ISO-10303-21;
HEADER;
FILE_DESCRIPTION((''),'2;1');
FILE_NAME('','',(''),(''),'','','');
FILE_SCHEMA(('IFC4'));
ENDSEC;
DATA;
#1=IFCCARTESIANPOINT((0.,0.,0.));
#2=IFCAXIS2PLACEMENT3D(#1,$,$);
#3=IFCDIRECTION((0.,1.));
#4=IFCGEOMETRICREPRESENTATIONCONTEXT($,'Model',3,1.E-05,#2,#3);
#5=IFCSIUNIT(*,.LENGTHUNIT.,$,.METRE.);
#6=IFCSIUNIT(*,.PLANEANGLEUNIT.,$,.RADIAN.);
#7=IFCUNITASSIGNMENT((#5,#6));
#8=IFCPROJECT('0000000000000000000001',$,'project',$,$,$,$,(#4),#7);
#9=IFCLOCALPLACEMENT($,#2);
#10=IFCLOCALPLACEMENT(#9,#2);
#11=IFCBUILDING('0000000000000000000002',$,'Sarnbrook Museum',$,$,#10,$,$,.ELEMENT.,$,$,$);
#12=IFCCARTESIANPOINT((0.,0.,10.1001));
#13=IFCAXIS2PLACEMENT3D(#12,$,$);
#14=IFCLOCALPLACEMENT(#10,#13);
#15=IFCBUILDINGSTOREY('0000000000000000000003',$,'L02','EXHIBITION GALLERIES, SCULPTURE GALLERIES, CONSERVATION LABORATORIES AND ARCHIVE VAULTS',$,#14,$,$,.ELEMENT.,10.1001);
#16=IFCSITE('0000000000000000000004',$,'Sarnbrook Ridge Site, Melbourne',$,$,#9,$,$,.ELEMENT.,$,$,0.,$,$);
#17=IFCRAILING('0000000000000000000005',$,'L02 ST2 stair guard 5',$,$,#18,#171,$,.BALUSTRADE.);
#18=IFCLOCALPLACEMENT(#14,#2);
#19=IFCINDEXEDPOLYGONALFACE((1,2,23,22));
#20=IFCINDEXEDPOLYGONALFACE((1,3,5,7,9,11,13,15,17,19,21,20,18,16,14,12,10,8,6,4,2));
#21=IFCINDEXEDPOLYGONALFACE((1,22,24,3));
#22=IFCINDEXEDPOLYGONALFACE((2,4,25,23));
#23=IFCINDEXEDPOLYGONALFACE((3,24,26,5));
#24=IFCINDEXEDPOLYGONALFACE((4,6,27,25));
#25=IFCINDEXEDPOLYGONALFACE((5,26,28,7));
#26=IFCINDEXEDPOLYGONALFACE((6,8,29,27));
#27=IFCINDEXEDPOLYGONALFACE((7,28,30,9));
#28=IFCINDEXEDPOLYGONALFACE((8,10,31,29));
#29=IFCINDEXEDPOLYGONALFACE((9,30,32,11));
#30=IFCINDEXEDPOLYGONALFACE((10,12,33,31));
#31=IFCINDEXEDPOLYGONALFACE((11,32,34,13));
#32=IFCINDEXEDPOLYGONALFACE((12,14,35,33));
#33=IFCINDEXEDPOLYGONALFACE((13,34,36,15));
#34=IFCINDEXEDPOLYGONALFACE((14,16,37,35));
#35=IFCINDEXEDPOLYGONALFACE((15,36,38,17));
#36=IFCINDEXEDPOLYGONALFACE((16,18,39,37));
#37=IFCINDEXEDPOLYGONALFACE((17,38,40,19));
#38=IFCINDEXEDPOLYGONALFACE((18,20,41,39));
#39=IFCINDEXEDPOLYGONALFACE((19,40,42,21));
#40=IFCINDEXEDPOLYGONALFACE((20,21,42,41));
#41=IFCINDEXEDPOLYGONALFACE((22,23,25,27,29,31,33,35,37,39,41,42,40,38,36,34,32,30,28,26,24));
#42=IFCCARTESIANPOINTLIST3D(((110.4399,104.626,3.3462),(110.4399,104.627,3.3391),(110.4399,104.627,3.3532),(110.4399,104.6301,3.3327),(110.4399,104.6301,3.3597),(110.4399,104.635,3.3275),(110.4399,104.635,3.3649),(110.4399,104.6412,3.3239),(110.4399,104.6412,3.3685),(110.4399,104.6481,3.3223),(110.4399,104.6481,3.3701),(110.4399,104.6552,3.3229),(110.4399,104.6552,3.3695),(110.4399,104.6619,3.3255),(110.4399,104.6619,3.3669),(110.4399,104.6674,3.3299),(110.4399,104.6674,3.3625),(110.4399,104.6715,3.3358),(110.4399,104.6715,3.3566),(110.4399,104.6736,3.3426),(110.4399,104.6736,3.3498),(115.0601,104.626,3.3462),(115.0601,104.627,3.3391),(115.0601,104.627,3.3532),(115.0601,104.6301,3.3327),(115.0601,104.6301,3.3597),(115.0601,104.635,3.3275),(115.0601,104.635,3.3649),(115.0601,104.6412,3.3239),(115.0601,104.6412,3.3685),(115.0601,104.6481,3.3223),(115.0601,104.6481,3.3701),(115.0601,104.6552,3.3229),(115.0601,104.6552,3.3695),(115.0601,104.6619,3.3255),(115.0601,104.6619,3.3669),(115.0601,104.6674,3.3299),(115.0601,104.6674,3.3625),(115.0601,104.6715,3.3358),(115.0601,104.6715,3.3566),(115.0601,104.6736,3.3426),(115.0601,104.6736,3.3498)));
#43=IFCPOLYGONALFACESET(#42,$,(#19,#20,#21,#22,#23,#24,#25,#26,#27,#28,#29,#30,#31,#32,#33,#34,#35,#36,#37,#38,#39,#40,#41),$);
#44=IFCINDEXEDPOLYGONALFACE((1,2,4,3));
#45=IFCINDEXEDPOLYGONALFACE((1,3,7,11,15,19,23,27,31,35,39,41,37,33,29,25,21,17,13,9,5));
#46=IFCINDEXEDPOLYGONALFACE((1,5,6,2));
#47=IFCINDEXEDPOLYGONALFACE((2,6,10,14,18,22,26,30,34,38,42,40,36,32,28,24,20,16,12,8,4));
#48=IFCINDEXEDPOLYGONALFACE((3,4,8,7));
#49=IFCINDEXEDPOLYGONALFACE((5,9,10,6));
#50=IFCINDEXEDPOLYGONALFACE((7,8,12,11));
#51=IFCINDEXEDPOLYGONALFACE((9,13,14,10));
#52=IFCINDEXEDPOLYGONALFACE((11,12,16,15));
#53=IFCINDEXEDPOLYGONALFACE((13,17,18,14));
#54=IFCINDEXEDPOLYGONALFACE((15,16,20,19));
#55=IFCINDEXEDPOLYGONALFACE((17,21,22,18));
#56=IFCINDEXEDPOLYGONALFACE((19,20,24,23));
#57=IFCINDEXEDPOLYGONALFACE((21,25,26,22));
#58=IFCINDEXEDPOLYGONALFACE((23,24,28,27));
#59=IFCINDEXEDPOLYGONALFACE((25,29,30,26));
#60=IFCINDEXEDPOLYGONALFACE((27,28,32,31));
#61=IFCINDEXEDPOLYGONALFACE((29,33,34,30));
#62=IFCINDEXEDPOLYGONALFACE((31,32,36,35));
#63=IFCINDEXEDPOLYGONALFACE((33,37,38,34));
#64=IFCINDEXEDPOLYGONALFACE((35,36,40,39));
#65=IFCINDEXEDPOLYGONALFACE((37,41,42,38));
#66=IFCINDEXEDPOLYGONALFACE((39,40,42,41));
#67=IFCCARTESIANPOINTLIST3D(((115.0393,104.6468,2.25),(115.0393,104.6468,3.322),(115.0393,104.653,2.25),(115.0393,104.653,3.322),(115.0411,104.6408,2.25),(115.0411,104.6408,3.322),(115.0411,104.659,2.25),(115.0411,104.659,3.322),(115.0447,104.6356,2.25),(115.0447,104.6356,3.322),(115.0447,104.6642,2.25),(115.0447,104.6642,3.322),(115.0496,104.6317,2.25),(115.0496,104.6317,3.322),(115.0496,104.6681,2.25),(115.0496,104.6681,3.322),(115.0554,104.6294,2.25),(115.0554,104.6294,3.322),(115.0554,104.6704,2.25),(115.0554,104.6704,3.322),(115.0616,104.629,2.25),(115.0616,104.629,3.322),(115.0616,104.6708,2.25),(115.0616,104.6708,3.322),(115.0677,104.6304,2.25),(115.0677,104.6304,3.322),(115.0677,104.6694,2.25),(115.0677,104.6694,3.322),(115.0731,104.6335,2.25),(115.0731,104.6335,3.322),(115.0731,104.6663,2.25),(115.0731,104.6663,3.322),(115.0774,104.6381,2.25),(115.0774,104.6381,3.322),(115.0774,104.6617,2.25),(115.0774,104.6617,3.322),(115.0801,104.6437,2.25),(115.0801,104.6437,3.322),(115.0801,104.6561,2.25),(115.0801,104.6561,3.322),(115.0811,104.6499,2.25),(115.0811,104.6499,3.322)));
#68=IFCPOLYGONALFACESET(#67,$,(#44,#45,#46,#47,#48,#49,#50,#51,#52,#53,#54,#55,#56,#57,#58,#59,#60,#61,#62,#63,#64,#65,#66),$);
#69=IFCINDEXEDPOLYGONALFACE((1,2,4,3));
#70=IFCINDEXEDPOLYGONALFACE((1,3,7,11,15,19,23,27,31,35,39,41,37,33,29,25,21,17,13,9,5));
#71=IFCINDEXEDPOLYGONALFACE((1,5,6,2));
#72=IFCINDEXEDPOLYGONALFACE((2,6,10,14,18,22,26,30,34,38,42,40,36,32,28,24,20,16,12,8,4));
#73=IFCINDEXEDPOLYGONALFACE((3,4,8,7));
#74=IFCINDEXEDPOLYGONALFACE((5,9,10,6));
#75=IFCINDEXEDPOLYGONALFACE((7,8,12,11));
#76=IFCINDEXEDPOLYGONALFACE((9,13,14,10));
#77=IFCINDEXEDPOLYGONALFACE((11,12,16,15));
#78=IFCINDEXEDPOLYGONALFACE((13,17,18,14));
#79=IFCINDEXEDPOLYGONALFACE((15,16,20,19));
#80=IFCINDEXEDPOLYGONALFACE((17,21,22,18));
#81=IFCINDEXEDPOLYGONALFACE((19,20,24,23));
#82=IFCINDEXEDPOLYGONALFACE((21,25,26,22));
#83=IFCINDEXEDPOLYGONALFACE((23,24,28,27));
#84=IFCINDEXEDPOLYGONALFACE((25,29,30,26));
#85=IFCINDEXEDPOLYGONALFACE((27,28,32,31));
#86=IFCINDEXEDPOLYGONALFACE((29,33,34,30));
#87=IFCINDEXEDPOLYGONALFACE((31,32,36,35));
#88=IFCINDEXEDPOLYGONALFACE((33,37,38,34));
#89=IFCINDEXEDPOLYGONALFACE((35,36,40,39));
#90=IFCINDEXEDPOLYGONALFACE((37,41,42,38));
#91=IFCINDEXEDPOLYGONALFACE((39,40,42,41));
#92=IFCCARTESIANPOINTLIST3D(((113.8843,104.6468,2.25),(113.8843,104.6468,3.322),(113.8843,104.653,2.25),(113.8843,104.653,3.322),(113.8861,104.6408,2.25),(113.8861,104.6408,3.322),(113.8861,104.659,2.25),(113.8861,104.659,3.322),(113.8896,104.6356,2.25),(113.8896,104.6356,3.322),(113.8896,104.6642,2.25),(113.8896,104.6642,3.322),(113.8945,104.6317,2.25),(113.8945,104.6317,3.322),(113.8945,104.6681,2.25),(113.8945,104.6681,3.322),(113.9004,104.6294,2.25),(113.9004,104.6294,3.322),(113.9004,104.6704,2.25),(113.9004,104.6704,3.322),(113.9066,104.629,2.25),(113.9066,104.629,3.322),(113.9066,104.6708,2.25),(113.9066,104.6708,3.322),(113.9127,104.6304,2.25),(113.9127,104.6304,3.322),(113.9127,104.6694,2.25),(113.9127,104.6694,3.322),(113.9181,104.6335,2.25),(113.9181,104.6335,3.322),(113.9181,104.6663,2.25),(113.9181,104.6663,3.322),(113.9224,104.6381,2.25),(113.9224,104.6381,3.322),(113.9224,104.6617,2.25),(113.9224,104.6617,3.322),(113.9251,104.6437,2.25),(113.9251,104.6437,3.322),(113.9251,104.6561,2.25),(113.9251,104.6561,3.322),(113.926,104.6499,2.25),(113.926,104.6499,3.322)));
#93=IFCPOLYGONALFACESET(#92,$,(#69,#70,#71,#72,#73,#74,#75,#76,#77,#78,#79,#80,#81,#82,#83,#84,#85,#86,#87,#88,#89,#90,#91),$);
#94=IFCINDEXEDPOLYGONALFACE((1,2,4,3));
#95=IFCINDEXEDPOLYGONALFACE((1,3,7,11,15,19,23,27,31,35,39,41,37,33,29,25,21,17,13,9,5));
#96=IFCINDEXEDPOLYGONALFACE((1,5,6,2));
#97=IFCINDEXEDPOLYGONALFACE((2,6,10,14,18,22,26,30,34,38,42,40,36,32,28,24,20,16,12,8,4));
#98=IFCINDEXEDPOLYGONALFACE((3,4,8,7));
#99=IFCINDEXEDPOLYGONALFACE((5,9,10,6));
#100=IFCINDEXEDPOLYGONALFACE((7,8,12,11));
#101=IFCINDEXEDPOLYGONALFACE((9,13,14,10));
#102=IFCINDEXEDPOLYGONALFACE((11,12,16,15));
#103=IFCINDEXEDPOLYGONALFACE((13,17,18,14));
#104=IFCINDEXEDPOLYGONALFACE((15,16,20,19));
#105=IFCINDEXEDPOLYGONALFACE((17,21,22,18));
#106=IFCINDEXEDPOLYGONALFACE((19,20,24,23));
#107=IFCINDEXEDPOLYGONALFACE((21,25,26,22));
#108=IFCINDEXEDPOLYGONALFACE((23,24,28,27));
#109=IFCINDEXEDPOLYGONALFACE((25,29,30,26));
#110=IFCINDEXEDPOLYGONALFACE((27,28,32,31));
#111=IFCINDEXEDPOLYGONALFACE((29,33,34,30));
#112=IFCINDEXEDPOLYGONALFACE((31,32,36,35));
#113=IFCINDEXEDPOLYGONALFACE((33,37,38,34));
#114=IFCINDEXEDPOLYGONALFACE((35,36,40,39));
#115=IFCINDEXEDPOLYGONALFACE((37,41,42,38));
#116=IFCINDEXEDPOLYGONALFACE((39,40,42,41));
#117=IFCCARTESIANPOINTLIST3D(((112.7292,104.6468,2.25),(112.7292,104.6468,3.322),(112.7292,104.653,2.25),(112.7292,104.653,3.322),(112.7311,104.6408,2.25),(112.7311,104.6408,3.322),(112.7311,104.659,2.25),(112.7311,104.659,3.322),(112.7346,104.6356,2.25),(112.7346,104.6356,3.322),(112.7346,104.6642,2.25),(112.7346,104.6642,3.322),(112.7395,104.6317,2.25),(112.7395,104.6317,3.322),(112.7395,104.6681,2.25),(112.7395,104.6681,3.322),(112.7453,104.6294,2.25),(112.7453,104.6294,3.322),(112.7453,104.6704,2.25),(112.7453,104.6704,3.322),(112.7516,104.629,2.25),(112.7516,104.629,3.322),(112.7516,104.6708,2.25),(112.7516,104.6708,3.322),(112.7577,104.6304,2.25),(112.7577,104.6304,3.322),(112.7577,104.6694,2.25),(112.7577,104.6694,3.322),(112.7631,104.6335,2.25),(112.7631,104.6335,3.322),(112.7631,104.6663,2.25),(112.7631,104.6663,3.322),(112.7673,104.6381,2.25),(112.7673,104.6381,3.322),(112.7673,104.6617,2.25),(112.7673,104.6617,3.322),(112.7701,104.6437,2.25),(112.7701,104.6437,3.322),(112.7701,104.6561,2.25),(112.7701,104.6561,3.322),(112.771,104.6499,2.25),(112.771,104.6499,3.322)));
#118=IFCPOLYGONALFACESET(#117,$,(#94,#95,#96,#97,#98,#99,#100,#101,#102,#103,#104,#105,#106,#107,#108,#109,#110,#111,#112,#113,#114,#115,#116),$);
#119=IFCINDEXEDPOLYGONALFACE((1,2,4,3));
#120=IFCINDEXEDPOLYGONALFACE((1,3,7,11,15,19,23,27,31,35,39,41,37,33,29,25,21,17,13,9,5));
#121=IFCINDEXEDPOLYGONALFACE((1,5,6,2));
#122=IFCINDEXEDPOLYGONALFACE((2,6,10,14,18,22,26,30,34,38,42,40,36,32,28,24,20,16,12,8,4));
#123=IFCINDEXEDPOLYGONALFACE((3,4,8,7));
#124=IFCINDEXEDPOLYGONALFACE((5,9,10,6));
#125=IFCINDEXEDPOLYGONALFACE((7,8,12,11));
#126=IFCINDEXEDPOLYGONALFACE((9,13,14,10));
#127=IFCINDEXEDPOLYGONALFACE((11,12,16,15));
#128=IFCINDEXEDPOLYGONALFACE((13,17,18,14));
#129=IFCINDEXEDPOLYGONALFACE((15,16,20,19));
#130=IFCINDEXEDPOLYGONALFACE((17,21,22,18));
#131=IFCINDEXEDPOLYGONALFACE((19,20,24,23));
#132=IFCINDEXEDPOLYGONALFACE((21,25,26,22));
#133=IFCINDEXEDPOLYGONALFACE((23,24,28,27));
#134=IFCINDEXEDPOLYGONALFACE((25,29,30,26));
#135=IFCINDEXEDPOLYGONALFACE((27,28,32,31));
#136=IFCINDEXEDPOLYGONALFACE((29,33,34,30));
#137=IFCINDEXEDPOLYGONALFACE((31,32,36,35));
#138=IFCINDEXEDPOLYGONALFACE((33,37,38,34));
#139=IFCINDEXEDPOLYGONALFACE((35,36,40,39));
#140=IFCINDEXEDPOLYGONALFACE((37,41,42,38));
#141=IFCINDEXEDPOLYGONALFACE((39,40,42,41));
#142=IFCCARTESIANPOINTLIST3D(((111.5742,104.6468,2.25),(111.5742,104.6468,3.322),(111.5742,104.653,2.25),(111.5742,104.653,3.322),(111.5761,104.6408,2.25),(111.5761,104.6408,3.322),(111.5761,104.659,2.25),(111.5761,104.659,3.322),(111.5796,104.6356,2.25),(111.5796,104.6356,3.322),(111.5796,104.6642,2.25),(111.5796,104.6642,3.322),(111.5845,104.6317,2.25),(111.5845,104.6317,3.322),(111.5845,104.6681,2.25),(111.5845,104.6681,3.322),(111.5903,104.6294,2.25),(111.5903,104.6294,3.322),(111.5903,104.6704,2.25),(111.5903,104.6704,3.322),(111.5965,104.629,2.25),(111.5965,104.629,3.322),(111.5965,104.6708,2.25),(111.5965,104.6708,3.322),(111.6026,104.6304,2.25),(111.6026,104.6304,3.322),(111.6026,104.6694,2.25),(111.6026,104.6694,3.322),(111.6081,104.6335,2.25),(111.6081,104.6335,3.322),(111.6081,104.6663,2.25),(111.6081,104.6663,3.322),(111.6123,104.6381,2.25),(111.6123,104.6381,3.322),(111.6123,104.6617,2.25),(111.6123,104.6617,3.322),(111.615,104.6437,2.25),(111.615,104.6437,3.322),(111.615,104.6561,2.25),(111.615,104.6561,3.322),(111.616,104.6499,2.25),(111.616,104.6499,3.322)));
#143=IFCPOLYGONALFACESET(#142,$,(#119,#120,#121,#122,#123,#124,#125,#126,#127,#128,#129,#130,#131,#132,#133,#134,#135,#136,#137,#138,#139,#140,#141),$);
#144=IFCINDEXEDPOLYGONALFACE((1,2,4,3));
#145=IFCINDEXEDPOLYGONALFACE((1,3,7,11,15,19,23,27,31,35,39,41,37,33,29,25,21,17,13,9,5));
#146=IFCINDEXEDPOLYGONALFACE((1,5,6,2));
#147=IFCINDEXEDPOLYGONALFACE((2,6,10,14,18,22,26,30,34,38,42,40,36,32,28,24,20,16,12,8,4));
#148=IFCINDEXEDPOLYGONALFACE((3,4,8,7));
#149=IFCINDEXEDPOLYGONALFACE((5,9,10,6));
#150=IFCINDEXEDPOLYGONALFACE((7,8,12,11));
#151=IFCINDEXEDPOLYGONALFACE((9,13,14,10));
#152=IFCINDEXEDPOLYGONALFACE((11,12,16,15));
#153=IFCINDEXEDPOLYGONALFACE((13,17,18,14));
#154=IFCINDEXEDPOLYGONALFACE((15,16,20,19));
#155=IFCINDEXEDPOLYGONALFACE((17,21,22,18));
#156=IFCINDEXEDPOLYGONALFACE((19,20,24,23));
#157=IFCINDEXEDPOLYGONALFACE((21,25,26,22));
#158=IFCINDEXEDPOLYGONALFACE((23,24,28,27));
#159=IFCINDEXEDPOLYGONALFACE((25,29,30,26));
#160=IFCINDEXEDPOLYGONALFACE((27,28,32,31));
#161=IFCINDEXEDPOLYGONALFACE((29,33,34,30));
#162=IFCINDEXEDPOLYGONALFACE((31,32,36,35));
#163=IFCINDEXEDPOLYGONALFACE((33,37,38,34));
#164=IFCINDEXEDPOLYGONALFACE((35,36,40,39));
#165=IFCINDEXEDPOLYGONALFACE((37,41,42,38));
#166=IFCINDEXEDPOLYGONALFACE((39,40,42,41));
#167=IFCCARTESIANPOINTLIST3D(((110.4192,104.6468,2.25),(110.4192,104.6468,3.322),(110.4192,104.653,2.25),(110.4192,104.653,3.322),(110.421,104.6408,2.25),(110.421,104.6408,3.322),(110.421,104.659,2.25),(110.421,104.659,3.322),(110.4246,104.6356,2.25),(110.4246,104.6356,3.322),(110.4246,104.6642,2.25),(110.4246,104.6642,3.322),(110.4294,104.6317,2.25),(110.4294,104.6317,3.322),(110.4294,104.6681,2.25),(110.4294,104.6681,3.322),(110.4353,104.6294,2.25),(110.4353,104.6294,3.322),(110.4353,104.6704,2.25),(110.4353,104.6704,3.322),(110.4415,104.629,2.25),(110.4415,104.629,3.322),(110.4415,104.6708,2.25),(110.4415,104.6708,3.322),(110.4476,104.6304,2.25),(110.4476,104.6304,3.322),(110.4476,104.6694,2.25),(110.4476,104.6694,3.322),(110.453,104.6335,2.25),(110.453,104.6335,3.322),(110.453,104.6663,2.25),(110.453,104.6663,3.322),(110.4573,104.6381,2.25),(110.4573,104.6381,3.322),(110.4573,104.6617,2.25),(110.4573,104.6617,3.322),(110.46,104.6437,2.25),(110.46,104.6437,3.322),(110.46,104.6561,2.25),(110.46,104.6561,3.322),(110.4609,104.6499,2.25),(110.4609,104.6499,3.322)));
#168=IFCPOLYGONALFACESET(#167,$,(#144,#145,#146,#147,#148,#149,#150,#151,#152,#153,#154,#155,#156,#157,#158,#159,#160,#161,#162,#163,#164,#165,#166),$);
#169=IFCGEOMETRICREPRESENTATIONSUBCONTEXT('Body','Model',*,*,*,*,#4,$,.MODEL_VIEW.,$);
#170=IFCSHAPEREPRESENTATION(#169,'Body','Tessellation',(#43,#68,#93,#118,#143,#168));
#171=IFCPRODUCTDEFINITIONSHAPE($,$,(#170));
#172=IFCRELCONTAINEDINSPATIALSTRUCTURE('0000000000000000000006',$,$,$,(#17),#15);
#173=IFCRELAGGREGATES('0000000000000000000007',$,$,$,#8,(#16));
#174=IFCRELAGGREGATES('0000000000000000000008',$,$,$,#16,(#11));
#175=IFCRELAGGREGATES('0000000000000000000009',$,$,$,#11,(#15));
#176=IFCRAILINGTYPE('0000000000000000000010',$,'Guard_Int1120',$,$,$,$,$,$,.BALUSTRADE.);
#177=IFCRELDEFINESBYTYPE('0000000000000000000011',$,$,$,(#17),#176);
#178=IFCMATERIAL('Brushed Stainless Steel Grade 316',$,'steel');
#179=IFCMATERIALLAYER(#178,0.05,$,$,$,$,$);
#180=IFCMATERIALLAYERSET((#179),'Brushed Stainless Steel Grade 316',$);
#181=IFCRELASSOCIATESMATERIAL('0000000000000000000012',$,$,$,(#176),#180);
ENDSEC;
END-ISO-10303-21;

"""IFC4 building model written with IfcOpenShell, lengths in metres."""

from ifc_helpers import new_model, si_unit, direction, frame, origin, origin_2d, place, context, subcontext, project, spatial, circle, extrude, material, layer, layer_set, type_object, element, save


model = new_model("IFC4")

# Units and contexts
model_context = context("Model", 3, precision=1e-05, world=origin(), true_north=direction((0.0, 1.0)))
body_context = subcontext(model_context, "Body", "Model", "MODEL_VIEW")
ifc_project = project(units=[si_unit("LENGTHUNIT", "METRE"), si_unit("PLANEANGLEUNIT", "RADIAN")], contexts=[model_context])

# Site, building, storey
site_placement = place(None, origin())
site = spatial("IfcSite", under=ifc_project, at=site_placement, Name="Sarnbrook Ridge Site, Melbourne", CompositionType="ELEMENT", RefElevation=0.0)
building_placement = place(site_placement, origin())
building = spatial("IfcBuilding", under=site, at=building_placement, Name="Sarnbrook Museum", CompositionType="ELEMENT")
storey_placement = place(building_placement, frame((0.0, 0.0, 10.1001)))
storey = spatial("IfcBuildingStorey", under=building, at=storey_placement, Name="L02", Description="EXHIBITION GALLERIES, SCULPTURE GALLERIES, CONSERVATION LABORATORIES AND ARCHIVE VAULTS", CompositionType="ELEMENT", Elevation=10.1001)

# Shared definitions
ifc_material_1 = material(Name="Brushed Stainless Steel Grade 316", Category="steel")

# Railing
ifc_layer_1 = layer(ifc_material_1, 0.05)
ifc_layer_set_1 = layer_set([ifc_layer_1], Name="Brushed Stainless Steel Grade 316")
railing_type_1 = type_object("IfcRailingType", Name="Guard_Int1120", PredefinedType="BALUSTRADE", material=ifc_layer_set_1)
railing_1_placement = place(storey_placement, frame((115.0601, 104.6499, 2.25)))
element("IfcRailing", 1, at=railing_1_placement, inside=storey, type_object=railing_type_1, Name="L02 ST2 stair guard 5", PredefinedType="BALUSTRADE", context=body_context, shape_type="SweptSolid", body=[
    extrude(circle(Radius=0.0239, at=origin_2d()), frame((0.0, 0.0, 1.0962), z_axis=(-1.0, 0.0, 0.0), x_axis=(0.0, -1.0, 0.0)), (0.0, 0.0, 1.0), 4.6201),
    extrude(circle(Radius=0.021, at=origin_2d()), origin(), (0.0, 0.0, 1.0), 1.072),
    extrude(circle(Radius=0.021, at=origin_2d()), frame((-1.155, 0.0, 0.0)), (0.0, 0.0, 1.0), 1.072),
    extrude(circle(Radius=0.021, at=origin_2d()), frame((-2.3101, 0.0, 0.0)), (0.0, 0.0, 1.0), 1.072),
    extrude(circle(Radius=0.021, at=origin_2d()), frame((-3.4651, 0.0, 0.0)), (0.0, 0.0, 1.0), 1.072),
    extrude(circle(Radius=0.021, at=origin_2d()), frame((-4.6201, 0.0, 0.0)), (0.0, 0.0, 1.0), 1.072),
])

save(model, "model.ifc")
